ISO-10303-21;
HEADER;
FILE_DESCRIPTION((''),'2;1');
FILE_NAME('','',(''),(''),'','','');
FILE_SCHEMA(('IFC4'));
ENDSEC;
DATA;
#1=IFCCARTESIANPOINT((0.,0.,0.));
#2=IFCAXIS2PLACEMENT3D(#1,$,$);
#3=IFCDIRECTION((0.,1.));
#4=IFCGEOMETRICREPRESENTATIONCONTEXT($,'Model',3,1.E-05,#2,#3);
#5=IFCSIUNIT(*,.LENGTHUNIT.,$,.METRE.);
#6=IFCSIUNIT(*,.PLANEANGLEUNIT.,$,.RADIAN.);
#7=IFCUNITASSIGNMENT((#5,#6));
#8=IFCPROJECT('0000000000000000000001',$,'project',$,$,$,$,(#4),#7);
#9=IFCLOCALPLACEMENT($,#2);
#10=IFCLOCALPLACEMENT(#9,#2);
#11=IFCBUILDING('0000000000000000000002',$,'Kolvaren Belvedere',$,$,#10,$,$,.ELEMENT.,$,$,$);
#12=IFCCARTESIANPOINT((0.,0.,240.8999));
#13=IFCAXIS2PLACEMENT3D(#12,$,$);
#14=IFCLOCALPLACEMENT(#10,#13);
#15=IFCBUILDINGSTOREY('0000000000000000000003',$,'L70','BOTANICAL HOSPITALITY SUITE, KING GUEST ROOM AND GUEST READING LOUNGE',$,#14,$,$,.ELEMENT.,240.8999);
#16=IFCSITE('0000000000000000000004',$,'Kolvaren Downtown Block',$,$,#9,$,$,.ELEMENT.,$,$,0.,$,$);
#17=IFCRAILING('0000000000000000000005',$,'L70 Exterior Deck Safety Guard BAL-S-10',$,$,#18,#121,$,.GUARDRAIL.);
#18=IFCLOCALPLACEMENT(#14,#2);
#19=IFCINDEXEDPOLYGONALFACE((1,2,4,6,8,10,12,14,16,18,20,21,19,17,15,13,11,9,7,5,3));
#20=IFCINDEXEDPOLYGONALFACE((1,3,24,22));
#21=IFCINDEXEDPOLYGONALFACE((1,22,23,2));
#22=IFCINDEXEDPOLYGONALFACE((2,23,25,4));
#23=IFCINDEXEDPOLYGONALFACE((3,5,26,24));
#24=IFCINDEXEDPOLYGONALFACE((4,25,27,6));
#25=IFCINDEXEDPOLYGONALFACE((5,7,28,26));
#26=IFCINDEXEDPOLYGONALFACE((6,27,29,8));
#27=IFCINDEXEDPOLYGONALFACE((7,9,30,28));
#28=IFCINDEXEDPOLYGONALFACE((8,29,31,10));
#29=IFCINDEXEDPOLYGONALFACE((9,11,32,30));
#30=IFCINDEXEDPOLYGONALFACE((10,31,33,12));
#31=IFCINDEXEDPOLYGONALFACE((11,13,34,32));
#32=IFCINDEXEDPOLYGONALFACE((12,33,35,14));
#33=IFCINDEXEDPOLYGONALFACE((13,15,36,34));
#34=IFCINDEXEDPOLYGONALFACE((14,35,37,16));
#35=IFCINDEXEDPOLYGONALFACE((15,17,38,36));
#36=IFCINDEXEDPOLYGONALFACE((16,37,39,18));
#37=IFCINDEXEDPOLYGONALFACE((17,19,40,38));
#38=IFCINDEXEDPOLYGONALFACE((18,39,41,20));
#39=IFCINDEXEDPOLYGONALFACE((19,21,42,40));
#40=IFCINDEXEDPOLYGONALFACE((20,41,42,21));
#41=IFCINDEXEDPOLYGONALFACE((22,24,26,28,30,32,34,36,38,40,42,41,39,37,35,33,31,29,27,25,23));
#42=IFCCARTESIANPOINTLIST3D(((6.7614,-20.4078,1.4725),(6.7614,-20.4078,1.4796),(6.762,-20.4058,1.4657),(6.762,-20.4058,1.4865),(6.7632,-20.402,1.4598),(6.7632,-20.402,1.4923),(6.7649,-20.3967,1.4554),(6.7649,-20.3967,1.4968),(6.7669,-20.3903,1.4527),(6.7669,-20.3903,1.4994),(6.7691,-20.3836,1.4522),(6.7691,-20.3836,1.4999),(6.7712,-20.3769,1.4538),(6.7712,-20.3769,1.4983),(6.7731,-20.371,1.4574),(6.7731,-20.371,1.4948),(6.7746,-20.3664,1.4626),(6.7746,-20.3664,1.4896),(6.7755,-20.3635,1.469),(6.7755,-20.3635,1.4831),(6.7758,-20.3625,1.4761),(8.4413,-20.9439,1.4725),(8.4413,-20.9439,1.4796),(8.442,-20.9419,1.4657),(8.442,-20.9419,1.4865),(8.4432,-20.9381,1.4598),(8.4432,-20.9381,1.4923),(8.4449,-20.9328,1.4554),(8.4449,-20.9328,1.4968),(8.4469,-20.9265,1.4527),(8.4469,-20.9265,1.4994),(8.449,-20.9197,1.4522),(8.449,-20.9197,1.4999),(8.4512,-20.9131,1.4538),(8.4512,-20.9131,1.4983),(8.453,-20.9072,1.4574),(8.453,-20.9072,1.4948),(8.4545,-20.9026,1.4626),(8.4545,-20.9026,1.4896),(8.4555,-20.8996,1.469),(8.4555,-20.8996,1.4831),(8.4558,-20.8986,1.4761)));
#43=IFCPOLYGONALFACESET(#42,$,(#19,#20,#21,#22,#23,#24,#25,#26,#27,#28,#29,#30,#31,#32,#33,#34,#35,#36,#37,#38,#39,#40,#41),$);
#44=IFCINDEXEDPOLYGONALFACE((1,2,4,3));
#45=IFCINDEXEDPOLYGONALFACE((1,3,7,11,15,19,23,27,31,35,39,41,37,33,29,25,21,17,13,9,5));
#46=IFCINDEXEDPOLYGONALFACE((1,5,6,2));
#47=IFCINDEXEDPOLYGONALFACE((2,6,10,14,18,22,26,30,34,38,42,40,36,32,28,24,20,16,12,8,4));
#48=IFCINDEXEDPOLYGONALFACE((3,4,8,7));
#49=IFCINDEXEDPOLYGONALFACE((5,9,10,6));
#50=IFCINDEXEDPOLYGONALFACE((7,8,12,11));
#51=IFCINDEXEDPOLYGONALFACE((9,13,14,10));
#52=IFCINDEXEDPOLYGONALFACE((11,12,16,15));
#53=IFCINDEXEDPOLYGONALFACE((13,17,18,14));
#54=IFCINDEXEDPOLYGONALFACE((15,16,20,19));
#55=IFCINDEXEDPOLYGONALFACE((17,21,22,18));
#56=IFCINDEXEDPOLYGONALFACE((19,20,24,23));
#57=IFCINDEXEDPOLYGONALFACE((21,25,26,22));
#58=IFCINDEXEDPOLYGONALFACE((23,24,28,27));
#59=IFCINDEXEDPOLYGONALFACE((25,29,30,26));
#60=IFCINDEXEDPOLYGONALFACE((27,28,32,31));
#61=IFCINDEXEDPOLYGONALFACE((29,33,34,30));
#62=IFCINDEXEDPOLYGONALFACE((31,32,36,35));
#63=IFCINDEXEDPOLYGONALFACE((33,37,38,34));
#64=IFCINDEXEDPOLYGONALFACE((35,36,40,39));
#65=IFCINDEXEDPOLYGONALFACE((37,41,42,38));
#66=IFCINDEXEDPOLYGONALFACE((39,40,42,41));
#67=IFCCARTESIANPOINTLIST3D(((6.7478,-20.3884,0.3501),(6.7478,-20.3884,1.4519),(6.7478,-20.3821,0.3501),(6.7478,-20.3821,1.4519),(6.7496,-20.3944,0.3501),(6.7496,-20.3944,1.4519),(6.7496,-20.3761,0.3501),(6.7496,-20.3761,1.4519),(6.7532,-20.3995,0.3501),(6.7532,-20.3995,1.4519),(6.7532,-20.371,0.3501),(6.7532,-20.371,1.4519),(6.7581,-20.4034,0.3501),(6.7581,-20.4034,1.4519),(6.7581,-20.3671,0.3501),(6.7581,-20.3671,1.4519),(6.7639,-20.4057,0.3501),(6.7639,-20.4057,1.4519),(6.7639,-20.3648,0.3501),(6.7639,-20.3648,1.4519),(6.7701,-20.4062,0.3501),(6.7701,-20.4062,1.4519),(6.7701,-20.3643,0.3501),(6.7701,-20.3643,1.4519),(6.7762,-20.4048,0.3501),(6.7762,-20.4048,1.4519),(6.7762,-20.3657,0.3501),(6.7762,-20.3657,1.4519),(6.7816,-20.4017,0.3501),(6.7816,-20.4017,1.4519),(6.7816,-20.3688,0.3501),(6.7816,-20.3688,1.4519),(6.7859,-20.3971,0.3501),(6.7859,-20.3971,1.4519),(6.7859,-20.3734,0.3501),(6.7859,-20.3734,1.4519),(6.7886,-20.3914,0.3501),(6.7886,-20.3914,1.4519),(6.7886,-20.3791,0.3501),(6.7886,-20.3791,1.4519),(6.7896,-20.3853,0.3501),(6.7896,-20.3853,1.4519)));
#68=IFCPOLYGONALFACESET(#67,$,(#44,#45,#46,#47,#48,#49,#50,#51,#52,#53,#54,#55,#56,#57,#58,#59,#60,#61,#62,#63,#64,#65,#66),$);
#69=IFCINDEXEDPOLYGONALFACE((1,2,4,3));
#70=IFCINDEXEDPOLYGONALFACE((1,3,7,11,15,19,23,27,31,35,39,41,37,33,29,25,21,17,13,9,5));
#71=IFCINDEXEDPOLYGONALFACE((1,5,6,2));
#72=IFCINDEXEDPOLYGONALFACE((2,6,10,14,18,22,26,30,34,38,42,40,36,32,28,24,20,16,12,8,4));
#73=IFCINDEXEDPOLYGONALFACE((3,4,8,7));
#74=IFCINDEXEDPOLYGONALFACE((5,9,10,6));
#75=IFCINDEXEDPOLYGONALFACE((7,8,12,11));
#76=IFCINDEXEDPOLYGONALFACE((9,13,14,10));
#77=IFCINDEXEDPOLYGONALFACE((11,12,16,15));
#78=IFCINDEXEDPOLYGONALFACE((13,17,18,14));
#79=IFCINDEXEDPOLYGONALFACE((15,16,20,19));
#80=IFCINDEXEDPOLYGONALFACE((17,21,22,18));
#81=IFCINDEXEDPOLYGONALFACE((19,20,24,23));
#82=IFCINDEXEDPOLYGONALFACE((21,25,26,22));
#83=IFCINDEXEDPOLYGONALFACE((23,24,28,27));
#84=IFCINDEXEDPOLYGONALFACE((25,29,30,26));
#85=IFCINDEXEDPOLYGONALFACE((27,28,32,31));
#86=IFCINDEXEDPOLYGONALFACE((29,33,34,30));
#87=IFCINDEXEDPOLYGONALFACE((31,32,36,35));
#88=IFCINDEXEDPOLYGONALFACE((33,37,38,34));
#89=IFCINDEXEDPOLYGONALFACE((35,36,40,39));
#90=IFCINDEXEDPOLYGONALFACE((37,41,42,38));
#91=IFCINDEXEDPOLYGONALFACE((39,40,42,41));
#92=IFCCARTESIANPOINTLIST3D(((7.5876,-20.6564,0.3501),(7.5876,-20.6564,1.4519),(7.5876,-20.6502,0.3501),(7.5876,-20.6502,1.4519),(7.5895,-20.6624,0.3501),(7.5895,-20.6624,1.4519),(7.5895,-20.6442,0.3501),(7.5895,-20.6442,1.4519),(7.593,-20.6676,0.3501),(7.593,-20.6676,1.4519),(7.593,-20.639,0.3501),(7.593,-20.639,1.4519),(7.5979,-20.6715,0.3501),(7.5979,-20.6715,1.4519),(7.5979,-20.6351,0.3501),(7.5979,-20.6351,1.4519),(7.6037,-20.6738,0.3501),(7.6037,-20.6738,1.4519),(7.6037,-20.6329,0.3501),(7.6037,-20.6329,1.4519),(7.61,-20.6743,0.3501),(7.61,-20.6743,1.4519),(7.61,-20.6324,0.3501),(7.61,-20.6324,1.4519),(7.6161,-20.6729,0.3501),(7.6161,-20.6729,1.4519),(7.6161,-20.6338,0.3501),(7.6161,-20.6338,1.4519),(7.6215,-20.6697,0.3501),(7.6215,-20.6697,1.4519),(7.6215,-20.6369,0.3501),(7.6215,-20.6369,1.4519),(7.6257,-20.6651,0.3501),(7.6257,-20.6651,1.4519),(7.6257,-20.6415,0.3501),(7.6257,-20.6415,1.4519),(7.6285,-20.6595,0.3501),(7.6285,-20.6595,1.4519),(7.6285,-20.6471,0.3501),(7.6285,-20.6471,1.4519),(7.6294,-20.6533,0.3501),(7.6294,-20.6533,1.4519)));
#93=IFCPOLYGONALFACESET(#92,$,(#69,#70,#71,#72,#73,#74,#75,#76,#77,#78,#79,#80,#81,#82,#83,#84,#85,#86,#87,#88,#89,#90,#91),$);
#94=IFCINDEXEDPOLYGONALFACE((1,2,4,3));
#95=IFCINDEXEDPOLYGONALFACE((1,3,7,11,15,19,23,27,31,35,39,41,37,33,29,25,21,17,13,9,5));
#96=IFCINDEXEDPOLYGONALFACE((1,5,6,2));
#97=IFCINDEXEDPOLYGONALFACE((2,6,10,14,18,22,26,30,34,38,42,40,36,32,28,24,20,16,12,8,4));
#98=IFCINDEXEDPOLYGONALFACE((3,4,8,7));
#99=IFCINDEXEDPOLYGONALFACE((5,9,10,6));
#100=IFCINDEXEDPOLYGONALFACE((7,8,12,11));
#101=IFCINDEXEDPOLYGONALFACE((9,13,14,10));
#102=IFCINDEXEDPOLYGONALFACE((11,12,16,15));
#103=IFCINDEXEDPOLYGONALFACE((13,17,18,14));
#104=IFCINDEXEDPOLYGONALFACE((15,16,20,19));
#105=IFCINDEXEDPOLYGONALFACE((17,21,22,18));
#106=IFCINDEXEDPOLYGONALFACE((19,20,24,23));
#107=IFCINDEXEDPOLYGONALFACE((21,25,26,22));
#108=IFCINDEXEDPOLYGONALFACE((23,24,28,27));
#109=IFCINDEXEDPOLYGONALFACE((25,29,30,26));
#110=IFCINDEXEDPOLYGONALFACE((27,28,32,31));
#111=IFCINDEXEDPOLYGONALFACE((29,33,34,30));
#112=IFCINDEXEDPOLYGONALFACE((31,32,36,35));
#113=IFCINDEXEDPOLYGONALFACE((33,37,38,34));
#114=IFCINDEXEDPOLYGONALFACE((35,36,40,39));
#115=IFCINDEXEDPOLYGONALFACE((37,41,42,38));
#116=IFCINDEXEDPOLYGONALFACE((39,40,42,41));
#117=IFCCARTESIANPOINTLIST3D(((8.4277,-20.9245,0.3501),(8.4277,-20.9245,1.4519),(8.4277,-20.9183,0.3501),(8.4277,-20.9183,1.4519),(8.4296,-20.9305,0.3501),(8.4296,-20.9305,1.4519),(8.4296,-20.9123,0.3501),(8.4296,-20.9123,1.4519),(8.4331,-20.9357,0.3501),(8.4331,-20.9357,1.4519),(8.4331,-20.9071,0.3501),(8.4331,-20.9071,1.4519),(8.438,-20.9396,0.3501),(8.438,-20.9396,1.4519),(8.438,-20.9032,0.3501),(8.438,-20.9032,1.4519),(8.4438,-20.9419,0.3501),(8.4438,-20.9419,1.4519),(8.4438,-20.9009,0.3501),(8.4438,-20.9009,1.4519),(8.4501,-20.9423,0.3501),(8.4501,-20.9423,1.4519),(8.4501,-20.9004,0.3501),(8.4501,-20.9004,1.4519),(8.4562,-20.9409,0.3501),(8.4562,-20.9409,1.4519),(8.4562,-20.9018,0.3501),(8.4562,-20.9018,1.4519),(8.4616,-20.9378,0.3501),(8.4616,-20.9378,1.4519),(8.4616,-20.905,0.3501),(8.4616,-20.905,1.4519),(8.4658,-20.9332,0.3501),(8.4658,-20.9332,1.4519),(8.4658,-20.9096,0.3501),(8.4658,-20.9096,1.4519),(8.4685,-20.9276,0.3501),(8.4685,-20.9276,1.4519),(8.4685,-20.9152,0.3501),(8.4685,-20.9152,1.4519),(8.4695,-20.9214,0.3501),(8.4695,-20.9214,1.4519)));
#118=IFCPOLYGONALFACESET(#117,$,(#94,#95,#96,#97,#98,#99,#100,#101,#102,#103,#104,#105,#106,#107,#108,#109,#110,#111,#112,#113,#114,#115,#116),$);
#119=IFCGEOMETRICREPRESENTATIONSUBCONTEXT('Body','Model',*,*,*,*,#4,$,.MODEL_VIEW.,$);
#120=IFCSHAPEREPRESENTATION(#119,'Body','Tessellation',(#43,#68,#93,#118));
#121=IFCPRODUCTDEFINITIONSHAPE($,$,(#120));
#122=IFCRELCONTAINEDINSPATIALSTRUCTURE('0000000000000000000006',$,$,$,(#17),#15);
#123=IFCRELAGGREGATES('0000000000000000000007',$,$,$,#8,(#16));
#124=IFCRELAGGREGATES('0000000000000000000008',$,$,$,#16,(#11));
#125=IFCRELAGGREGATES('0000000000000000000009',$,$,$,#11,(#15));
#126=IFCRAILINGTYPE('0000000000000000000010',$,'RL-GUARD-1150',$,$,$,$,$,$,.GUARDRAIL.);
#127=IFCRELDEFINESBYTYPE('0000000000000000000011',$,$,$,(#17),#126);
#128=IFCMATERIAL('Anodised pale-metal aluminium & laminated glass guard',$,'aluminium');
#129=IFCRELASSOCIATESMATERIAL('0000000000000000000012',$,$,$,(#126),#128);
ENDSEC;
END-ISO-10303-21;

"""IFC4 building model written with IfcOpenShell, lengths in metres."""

from ifc_helpers import new_model, si_unit, direction, frame, origin, origin_2d, place, context, subcontext, project, spatial, circle, extrude, material, type_object, element, save


model = new_model("IFC4")

# Units and contexts
model_context = context("Model", 3, precision=1e-05, world=origin(), true_north=direction((0.0, 1.0)))
body_context = subcontext(model_context, "Body", "Model", "MODEL_VIEW")
ifc_project = project(units=[si_unit("LENGTHUNIT", "METRE"), si_unit("PLANEANGLEUNIT", "RADIAN")], contexts=[model_context])

# Site, building, storey
site_placement = place(None, origin())
site = spatial("IfcSite", under=ifc_project, at=site_placement, Name="Kolvaren Downtown Block", CompositionType="ELEMENT", RefElevation=0.0)
building_placement = place(site_placement, origin())
building = spatial("IfcBuilding", under=site, at=building_placement, Name="Kolvaren Belvedere", CompositionType="ELEMENT")
storey_placement = place(building_placement, frame((0.0, 0.0, 240.8999)))
storey = spatial("IfcBuildingStorey", under=building, at=storey_placement, Name="L70", Description="BOTANICAL HOSPITALITY SUITE, KING GUEST ROOM AND GUEST READING LOUNGE", CompositionType="ELEMENT", Elevation=240.8999)

# Railing
ifc_material_1 = material(Name="Anodised pale-metal aluminium & laminated glass guard", Category="aluminium")
railing_type = type_object("IfcRailingType", Name="RL-GUARD-1150", PredefinedType="GUARDRAIL", material=ifc_material_1)
railing_1_placement = place(storey_placement, frame((6.7686, -20.3853, 0.3501)))
element("IfcRailing", 1, at=railing_1_placement, inside=storey, type_object=railing_type, Name="L70 Exterior Deck Safety Guard BAL-S-10", PredefinedType="GUARDRAIL", context=body_context, shape_type="SweptSolid", body=[
    extrude(circle(Radius=0.0239, at=origin_2d()), frame((0.0, 0.0, 1.126), z_axis=(0.952662, -0.304032, 0.0), x_axis=(0.304032, 0.952662, 0.0)), (0.0, 0.0, 1.0), 1.7634),
    extrude(circle(Radius=0.021, at=origin_2d()), origin(), (0.0, 0.0, 1.0), 1.1018),
    extrude(circle(Radius=0.021, at=origin_2d()), frame((0.8398, -0.2681, 0.0)), (0.0, 0.0, 1.0), 1.1018),
    extrude(circle(Radius=0.021, at=origin_2d()), frame((1.6799, -0.5361, 0.0)), (0.0, 0.0, 1.0), 1.1018),
])

save(model, "model.ifc")
